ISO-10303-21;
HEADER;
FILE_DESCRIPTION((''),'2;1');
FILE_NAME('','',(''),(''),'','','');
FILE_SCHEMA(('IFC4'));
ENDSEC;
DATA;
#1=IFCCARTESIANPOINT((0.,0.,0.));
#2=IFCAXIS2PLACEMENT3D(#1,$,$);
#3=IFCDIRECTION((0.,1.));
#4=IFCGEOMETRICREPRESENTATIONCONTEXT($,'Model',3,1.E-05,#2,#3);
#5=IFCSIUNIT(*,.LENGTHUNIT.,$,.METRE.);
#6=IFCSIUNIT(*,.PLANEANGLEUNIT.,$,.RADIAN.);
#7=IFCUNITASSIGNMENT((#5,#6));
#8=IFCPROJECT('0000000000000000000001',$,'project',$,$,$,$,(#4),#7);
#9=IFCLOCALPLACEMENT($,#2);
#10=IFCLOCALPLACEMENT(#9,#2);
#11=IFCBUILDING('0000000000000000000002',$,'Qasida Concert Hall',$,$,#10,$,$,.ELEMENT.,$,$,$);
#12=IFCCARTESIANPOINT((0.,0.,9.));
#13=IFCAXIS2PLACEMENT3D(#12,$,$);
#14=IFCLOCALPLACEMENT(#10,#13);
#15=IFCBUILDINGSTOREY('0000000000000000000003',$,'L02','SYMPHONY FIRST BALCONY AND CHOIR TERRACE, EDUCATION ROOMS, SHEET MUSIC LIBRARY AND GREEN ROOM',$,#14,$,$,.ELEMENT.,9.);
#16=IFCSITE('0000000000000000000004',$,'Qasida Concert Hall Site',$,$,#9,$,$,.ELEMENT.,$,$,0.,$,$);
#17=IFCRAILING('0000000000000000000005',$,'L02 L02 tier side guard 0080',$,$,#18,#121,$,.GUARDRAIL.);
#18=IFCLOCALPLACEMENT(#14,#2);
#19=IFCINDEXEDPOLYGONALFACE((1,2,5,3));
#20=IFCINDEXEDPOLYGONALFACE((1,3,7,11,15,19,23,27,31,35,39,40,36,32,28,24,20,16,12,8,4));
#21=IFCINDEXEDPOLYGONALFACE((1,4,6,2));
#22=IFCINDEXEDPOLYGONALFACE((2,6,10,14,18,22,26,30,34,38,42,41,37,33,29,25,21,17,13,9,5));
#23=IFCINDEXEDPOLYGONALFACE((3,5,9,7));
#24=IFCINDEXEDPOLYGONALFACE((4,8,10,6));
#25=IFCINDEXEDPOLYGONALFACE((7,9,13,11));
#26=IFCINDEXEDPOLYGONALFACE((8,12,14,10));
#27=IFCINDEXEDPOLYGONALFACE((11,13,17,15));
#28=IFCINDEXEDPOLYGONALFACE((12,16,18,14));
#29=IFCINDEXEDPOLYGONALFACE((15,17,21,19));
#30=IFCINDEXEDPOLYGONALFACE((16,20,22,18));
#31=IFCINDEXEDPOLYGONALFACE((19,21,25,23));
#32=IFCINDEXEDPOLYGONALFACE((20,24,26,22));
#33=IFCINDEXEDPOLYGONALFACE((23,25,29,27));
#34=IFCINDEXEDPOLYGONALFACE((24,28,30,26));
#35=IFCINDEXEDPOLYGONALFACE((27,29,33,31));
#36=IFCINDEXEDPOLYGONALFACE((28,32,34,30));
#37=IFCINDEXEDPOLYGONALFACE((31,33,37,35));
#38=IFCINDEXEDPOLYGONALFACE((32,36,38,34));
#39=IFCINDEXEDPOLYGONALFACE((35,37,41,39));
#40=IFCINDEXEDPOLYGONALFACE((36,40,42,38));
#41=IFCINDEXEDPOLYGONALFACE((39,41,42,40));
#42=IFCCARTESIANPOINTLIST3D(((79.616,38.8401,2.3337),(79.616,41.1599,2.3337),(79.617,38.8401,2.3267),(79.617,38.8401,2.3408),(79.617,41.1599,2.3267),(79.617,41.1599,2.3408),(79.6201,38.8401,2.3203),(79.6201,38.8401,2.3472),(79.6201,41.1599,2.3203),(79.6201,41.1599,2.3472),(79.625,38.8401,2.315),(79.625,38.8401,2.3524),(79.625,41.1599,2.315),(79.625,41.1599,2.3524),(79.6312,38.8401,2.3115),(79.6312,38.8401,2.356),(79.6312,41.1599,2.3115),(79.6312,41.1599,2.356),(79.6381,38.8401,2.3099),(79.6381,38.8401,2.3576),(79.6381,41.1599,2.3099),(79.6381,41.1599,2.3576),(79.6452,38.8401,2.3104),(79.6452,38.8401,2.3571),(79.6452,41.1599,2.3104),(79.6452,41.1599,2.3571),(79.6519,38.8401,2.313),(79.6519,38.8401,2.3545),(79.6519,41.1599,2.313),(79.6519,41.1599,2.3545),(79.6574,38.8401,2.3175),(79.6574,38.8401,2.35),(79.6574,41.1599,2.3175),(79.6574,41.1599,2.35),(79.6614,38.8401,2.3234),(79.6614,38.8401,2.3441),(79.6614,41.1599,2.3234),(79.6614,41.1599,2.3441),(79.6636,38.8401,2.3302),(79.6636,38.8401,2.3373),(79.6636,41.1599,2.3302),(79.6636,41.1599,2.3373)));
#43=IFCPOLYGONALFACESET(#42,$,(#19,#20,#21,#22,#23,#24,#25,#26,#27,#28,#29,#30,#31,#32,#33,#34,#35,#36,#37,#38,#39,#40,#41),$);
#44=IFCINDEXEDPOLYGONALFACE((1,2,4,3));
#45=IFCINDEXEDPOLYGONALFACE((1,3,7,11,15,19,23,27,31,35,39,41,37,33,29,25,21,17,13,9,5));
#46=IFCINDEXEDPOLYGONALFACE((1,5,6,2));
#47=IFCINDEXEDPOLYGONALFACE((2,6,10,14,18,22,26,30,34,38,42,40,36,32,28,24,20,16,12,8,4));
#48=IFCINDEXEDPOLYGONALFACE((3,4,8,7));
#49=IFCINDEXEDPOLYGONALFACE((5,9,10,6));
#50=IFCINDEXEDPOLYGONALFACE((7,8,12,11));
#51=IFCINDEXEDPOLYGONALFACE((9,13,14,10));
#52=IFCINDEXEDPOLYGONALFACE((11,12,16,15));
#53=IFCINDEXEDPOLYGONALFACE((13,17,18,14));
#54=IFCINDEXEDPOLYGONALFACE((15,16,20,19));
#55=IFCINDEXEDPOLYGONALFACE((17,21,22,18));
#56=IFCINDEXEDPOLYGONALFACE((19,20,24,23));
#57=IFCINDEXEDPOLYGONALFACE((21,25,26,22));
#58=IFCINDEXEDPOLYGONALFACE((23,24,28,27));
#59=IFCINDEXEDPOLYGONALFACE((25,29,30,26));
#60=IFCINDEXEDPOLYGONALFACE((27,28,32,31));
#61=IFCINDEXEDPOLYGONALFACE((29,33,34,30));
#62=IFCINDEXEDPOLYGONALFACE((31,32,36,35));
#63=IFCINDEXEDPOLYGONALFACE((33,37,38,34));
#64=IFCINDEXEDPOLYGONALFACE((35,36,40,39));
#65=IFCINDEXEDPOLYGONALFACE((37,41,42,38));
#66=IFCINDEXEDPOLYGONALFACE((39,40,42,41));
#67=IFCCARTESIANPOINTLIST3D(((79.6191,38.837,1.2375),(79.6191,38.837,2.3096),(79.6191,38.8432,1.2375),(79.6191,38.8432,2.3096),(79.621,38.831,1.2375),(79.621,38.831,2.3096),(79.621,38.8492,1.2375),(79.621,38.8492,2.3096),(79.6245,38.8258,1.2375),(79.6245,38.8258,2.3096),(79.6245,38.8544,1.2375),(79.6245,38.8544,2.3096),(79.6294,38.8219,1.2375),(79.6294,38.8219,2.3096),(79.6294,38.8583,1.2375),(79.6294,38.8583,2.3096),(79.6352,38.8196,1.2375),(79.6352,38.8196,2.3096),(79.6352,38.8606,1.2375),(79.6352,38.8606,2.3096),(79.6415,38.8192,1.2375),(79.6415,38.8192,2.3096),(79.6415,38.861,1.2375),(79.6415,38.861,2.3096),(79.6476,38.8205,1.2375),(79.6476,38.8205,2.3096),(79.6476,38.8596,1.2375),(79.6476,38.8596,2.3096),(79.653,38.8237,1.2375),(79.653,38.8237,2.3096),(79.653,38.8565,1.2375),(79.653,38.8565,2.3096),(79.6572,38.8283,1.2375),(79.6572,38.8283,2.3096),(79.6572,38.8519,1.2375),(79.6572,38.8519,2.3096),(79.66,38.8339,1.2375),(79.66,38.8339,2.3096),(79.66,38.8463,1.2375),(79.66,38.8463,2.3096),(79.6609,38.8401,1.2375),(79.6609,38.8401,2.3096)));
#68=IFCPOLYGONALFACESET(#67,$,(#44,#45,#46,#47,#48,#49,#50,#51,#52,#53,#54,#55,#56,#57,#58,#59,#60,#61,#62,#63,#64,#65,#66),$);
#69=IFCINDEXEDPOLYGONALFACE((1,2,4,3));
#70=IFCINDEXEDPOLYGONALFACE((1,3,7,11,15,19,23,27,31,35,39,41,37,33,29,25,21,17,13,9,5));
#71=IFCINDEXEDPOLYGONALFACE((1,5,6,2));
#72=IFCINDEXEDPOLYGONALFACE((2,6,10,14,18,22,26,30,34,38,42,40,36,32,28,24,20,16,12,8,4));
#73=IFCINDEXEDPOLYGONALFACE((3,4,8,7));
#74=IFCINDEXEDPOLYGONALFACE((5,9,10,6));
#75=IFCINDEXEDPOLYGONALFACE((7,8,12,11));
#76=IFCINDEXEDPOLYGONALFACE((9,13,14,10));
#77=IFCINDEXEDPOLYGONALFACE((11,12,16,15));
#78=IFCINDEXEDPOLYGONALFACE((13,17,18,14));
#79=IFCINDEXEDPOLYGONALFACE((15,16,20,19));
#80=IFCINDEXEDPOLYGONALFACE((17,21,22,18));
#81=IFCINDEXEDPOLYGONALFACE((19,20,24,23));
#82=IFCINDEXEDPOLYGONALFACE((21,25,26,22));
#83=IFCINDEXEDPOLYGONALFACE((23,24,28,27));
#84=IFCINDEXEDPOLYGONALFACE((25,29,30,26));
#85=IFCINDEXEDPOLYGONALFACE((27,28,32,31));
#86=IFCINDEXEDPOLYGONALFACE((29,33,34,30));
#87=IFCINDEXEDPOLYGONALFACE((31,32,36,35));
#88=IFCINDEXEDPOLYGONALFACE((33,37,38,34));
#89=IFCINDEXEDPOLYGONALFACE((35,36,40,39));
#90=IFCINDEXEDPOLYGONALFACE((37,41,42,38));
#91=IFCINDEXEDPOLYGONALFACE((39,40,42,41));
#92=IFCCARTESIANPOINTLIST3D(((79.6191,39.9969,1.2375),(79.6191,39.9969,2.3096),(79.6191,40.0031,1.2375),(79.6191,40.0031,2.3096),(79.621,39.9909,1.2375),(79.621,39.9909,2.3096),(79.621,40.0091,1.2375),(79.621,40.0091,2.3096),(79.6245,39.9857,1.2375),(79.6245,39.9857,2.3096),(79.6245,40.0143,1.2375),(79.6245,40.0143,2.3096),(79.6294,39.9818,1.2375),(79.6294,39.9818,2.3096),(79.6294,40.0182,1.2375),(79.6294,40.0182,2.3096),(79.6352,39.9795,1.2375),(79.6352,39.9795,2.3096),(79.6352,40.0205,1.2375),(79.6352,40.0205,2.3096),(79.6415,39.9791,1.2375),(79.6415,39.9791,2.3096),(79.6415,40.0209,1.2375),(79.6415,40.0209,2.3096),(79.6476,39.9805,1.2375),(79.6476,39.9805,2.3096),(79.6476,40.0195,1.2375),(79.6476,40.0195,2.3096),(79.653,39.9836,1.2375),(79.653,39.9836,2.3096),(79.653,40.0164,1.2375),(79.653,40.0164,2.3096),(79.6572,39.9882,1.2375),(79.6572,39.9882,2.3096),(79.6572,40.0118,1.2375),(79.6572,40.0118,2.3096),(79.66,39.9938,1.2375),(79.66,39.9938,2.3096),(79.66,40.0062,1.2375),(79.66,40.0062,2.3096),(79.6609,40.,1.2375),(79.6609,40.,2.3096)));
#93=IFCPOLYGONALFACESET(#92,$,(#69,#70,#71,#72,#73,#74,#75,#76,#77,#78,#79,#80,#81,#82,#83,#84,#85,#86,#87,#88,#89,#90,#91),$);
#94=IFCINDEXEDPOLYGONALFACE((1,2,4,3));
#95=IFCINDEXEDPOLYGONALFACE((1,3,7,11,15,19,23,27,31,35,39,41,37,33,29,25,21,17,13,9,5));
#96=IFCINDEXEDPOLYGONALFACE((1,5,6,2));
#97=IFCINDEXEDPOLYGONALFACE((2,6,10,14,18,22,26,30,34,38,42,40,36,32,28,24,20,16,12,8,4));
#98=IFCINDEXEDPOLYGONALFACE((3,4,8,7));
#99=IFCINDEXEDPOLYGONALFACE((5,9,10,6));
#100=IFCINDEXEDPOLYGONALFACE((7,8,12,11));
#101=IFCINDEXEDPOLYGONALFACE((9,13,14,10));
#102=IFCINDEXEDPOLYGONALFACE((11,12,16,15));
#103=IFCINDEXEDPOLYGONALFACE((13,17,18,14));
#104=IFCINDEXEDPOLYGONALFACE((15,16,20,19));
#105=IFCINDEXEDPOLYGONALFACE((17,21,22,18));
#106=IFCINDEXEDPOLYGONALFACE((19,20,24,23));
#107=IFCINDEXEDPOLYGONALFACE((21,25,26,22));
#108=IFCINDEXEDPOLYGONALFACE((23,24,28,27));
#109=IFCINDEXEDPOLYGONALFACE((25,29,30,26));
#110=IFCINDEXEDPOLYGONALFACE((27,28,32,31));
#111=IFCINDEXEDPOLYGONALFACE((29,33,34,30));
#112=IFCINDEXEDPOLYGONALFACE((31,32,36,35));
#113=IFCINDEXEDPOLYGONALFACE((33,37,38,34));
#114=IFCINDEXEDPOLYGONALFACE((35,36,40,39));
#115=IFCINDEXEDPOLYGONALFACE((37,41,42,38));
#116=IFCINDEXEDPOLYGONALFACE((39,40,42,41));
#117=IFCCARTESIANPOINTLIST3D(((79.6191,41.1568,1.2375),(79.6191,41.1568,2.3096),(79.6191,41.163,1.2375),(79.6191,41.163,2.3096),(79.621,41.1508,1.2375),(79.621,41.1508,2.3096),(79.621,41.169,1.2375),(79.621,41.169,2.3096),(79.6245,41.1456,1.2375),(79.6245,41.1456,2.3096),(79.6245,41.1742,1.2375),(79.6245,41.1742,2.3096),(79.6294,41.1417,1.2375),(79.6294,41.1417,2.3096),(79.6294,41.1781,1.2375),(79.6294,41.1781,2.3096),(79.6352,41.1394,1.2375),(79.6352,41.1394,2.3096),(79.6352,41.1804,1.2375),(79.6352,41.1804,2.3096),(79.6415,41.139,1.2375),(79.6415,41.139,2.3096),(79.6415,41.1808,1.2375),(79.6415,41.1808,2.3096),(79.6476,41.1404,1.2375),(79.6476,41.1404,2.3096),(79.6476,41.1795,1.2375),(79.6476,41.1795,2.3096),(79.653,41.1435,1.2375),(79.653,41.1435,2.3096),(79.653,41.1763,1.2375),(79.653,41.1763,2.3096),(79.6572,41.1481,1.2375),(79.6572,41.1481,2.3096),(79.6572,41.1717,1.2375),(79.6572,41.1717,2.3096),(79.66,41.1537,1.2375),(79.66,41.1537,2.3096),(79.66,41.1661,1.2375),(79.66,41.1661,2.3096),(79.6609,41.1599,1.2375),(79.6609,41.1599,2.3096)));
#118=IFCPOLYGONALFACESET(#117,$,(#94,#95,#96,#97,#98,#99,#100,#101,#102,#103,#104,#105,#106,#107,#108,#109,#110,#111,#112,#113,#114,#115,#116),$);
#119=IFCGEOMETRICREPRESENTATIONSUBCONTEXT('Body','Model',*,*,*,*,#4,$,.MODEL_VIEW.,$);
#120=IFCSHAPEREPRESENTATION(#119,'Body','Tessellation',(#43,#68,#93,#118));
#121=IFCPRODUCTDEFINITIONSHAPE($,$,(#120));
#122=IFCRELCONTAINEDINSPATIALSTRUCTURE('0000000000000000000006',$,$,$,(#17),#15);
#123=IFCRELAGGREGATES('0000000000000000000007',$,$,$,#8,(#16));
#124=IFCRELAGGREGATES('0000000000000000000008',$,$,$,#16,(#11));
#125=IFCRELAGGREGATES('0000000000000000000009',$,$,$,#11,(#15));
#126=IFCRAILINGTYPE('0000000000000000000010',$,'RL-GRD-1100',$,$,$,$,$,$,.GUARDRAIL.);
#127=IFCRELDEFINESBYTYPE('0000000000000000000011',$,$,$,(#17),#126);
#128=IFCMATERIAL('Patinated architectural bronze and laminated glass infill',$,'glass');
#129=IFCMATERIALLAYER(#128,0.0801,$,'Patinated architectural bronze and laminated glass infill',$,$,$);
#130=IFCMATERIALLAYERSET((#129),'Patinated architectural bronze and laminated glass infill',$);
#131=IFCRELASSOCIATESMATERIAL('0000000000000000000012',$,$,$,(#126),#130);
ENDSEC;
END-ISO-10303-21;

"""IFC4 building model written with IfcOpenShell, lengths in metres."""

from ifc_helpers import new_model, si_unit, direction, frame, origin, origin_2d, place, context, subcontext, project, spatial, circle, extrude, material, layer, layer_set, type_object, element, save


model = new_model("IFC4")

# Units and contexts
model_context = context("Model", 3, precision=1e-05, world=origin(), true_north=direction((0.0, 1.0)))
body_context = subcontext(model_context, "Body", "Model", "MODEL_VIEW")
ifc_project = project(units=[si_unit("LENGTHUNIT", "METRE"), si_unit("PLANEANGLEUNIT", "RADIAN")], contexts=[model_context])

# Site, building, storey
site_placement = place(None, origin())
site = spatial("IfcSite", under=ifc_project, at=site_placement, Name="Qasida Concert Hall Site", CompositionType="ELEMENT", RefElevation=0.0)
building_placement = place(site_placement, origin())
building = spatial("IfcBuilding", under=site, at=building_placement, Name="Qasida Concert Hall", CompositionType="ELEMENT")
storey_placement = place(building_placement, frame((0.0, 0.0, 9.0)))
storey = spatial("IfcBuildingStorey", under=building, at=storey_placement, Name="L02", Description="SYMPHONY FIRST BALCONY AND CHOIR TERRACE, EDUCATION ROOMS, SHEET MUSIC LIBRARY AND GREEN ROOM", CompositionType="ELEMENT", Elevation=9.0)

# Railing
ifc_material_1 = material(Name="Patinated architectural bronze and laminated glass infill", Category="glass")
ifc_layer_1 = layer(ifc_material_1, 0.0801, Name="Patinated architectural bronze and laminated glass infill")
ifc_layer_set_1 = layer_set([ifc_layer_1], Name="Patinated architectural bronze and laminated glass infill")
railing_type_1 = type_object("IfcRailingType", Name="RL-GRD-1100", PredefinedType="GUARDRAIL", material=ifc_layer_set_1)
railing_placement = place(storey_placement, frame((79.6399, 38.8401, 1.2375)))
element("IfcRailing", 1, at=railing_placement, inside=storey, type_object=railing_type_1, Name="L02 L02 tier side guard 0080", PredefinedType="GUARDRAIL", context=body_context, shape_type="SweptSolid", body=[
    extrude(circle(Radius=0.0239, at=origin_2d()), frame((0.0, 0.0, 1.0962), z_axis=(0.0, 1.0, 0.0), x_axis=(-1.0, 0.0, 0.0)), (0.0, 0.0, 1.0), 2.3198),
    extrude(circle(Radius=0.021, at=origin_2d()), origin(), (0.0, 0.0, 1.0), 1.072),
    extrude(circle(Radius=0.021, at=origin_2d()), frame((0.0, 1.1599, 0.0)), (0.0, 0.0, 1.0), 1.072),
    extrude(circle(Radius=0.021, at=origin_2d()), frame((0.0, 2.3198, 0.0)), (0.0, 0.0, 1.0), 1.072),
])

save(model, "model.ifc")
